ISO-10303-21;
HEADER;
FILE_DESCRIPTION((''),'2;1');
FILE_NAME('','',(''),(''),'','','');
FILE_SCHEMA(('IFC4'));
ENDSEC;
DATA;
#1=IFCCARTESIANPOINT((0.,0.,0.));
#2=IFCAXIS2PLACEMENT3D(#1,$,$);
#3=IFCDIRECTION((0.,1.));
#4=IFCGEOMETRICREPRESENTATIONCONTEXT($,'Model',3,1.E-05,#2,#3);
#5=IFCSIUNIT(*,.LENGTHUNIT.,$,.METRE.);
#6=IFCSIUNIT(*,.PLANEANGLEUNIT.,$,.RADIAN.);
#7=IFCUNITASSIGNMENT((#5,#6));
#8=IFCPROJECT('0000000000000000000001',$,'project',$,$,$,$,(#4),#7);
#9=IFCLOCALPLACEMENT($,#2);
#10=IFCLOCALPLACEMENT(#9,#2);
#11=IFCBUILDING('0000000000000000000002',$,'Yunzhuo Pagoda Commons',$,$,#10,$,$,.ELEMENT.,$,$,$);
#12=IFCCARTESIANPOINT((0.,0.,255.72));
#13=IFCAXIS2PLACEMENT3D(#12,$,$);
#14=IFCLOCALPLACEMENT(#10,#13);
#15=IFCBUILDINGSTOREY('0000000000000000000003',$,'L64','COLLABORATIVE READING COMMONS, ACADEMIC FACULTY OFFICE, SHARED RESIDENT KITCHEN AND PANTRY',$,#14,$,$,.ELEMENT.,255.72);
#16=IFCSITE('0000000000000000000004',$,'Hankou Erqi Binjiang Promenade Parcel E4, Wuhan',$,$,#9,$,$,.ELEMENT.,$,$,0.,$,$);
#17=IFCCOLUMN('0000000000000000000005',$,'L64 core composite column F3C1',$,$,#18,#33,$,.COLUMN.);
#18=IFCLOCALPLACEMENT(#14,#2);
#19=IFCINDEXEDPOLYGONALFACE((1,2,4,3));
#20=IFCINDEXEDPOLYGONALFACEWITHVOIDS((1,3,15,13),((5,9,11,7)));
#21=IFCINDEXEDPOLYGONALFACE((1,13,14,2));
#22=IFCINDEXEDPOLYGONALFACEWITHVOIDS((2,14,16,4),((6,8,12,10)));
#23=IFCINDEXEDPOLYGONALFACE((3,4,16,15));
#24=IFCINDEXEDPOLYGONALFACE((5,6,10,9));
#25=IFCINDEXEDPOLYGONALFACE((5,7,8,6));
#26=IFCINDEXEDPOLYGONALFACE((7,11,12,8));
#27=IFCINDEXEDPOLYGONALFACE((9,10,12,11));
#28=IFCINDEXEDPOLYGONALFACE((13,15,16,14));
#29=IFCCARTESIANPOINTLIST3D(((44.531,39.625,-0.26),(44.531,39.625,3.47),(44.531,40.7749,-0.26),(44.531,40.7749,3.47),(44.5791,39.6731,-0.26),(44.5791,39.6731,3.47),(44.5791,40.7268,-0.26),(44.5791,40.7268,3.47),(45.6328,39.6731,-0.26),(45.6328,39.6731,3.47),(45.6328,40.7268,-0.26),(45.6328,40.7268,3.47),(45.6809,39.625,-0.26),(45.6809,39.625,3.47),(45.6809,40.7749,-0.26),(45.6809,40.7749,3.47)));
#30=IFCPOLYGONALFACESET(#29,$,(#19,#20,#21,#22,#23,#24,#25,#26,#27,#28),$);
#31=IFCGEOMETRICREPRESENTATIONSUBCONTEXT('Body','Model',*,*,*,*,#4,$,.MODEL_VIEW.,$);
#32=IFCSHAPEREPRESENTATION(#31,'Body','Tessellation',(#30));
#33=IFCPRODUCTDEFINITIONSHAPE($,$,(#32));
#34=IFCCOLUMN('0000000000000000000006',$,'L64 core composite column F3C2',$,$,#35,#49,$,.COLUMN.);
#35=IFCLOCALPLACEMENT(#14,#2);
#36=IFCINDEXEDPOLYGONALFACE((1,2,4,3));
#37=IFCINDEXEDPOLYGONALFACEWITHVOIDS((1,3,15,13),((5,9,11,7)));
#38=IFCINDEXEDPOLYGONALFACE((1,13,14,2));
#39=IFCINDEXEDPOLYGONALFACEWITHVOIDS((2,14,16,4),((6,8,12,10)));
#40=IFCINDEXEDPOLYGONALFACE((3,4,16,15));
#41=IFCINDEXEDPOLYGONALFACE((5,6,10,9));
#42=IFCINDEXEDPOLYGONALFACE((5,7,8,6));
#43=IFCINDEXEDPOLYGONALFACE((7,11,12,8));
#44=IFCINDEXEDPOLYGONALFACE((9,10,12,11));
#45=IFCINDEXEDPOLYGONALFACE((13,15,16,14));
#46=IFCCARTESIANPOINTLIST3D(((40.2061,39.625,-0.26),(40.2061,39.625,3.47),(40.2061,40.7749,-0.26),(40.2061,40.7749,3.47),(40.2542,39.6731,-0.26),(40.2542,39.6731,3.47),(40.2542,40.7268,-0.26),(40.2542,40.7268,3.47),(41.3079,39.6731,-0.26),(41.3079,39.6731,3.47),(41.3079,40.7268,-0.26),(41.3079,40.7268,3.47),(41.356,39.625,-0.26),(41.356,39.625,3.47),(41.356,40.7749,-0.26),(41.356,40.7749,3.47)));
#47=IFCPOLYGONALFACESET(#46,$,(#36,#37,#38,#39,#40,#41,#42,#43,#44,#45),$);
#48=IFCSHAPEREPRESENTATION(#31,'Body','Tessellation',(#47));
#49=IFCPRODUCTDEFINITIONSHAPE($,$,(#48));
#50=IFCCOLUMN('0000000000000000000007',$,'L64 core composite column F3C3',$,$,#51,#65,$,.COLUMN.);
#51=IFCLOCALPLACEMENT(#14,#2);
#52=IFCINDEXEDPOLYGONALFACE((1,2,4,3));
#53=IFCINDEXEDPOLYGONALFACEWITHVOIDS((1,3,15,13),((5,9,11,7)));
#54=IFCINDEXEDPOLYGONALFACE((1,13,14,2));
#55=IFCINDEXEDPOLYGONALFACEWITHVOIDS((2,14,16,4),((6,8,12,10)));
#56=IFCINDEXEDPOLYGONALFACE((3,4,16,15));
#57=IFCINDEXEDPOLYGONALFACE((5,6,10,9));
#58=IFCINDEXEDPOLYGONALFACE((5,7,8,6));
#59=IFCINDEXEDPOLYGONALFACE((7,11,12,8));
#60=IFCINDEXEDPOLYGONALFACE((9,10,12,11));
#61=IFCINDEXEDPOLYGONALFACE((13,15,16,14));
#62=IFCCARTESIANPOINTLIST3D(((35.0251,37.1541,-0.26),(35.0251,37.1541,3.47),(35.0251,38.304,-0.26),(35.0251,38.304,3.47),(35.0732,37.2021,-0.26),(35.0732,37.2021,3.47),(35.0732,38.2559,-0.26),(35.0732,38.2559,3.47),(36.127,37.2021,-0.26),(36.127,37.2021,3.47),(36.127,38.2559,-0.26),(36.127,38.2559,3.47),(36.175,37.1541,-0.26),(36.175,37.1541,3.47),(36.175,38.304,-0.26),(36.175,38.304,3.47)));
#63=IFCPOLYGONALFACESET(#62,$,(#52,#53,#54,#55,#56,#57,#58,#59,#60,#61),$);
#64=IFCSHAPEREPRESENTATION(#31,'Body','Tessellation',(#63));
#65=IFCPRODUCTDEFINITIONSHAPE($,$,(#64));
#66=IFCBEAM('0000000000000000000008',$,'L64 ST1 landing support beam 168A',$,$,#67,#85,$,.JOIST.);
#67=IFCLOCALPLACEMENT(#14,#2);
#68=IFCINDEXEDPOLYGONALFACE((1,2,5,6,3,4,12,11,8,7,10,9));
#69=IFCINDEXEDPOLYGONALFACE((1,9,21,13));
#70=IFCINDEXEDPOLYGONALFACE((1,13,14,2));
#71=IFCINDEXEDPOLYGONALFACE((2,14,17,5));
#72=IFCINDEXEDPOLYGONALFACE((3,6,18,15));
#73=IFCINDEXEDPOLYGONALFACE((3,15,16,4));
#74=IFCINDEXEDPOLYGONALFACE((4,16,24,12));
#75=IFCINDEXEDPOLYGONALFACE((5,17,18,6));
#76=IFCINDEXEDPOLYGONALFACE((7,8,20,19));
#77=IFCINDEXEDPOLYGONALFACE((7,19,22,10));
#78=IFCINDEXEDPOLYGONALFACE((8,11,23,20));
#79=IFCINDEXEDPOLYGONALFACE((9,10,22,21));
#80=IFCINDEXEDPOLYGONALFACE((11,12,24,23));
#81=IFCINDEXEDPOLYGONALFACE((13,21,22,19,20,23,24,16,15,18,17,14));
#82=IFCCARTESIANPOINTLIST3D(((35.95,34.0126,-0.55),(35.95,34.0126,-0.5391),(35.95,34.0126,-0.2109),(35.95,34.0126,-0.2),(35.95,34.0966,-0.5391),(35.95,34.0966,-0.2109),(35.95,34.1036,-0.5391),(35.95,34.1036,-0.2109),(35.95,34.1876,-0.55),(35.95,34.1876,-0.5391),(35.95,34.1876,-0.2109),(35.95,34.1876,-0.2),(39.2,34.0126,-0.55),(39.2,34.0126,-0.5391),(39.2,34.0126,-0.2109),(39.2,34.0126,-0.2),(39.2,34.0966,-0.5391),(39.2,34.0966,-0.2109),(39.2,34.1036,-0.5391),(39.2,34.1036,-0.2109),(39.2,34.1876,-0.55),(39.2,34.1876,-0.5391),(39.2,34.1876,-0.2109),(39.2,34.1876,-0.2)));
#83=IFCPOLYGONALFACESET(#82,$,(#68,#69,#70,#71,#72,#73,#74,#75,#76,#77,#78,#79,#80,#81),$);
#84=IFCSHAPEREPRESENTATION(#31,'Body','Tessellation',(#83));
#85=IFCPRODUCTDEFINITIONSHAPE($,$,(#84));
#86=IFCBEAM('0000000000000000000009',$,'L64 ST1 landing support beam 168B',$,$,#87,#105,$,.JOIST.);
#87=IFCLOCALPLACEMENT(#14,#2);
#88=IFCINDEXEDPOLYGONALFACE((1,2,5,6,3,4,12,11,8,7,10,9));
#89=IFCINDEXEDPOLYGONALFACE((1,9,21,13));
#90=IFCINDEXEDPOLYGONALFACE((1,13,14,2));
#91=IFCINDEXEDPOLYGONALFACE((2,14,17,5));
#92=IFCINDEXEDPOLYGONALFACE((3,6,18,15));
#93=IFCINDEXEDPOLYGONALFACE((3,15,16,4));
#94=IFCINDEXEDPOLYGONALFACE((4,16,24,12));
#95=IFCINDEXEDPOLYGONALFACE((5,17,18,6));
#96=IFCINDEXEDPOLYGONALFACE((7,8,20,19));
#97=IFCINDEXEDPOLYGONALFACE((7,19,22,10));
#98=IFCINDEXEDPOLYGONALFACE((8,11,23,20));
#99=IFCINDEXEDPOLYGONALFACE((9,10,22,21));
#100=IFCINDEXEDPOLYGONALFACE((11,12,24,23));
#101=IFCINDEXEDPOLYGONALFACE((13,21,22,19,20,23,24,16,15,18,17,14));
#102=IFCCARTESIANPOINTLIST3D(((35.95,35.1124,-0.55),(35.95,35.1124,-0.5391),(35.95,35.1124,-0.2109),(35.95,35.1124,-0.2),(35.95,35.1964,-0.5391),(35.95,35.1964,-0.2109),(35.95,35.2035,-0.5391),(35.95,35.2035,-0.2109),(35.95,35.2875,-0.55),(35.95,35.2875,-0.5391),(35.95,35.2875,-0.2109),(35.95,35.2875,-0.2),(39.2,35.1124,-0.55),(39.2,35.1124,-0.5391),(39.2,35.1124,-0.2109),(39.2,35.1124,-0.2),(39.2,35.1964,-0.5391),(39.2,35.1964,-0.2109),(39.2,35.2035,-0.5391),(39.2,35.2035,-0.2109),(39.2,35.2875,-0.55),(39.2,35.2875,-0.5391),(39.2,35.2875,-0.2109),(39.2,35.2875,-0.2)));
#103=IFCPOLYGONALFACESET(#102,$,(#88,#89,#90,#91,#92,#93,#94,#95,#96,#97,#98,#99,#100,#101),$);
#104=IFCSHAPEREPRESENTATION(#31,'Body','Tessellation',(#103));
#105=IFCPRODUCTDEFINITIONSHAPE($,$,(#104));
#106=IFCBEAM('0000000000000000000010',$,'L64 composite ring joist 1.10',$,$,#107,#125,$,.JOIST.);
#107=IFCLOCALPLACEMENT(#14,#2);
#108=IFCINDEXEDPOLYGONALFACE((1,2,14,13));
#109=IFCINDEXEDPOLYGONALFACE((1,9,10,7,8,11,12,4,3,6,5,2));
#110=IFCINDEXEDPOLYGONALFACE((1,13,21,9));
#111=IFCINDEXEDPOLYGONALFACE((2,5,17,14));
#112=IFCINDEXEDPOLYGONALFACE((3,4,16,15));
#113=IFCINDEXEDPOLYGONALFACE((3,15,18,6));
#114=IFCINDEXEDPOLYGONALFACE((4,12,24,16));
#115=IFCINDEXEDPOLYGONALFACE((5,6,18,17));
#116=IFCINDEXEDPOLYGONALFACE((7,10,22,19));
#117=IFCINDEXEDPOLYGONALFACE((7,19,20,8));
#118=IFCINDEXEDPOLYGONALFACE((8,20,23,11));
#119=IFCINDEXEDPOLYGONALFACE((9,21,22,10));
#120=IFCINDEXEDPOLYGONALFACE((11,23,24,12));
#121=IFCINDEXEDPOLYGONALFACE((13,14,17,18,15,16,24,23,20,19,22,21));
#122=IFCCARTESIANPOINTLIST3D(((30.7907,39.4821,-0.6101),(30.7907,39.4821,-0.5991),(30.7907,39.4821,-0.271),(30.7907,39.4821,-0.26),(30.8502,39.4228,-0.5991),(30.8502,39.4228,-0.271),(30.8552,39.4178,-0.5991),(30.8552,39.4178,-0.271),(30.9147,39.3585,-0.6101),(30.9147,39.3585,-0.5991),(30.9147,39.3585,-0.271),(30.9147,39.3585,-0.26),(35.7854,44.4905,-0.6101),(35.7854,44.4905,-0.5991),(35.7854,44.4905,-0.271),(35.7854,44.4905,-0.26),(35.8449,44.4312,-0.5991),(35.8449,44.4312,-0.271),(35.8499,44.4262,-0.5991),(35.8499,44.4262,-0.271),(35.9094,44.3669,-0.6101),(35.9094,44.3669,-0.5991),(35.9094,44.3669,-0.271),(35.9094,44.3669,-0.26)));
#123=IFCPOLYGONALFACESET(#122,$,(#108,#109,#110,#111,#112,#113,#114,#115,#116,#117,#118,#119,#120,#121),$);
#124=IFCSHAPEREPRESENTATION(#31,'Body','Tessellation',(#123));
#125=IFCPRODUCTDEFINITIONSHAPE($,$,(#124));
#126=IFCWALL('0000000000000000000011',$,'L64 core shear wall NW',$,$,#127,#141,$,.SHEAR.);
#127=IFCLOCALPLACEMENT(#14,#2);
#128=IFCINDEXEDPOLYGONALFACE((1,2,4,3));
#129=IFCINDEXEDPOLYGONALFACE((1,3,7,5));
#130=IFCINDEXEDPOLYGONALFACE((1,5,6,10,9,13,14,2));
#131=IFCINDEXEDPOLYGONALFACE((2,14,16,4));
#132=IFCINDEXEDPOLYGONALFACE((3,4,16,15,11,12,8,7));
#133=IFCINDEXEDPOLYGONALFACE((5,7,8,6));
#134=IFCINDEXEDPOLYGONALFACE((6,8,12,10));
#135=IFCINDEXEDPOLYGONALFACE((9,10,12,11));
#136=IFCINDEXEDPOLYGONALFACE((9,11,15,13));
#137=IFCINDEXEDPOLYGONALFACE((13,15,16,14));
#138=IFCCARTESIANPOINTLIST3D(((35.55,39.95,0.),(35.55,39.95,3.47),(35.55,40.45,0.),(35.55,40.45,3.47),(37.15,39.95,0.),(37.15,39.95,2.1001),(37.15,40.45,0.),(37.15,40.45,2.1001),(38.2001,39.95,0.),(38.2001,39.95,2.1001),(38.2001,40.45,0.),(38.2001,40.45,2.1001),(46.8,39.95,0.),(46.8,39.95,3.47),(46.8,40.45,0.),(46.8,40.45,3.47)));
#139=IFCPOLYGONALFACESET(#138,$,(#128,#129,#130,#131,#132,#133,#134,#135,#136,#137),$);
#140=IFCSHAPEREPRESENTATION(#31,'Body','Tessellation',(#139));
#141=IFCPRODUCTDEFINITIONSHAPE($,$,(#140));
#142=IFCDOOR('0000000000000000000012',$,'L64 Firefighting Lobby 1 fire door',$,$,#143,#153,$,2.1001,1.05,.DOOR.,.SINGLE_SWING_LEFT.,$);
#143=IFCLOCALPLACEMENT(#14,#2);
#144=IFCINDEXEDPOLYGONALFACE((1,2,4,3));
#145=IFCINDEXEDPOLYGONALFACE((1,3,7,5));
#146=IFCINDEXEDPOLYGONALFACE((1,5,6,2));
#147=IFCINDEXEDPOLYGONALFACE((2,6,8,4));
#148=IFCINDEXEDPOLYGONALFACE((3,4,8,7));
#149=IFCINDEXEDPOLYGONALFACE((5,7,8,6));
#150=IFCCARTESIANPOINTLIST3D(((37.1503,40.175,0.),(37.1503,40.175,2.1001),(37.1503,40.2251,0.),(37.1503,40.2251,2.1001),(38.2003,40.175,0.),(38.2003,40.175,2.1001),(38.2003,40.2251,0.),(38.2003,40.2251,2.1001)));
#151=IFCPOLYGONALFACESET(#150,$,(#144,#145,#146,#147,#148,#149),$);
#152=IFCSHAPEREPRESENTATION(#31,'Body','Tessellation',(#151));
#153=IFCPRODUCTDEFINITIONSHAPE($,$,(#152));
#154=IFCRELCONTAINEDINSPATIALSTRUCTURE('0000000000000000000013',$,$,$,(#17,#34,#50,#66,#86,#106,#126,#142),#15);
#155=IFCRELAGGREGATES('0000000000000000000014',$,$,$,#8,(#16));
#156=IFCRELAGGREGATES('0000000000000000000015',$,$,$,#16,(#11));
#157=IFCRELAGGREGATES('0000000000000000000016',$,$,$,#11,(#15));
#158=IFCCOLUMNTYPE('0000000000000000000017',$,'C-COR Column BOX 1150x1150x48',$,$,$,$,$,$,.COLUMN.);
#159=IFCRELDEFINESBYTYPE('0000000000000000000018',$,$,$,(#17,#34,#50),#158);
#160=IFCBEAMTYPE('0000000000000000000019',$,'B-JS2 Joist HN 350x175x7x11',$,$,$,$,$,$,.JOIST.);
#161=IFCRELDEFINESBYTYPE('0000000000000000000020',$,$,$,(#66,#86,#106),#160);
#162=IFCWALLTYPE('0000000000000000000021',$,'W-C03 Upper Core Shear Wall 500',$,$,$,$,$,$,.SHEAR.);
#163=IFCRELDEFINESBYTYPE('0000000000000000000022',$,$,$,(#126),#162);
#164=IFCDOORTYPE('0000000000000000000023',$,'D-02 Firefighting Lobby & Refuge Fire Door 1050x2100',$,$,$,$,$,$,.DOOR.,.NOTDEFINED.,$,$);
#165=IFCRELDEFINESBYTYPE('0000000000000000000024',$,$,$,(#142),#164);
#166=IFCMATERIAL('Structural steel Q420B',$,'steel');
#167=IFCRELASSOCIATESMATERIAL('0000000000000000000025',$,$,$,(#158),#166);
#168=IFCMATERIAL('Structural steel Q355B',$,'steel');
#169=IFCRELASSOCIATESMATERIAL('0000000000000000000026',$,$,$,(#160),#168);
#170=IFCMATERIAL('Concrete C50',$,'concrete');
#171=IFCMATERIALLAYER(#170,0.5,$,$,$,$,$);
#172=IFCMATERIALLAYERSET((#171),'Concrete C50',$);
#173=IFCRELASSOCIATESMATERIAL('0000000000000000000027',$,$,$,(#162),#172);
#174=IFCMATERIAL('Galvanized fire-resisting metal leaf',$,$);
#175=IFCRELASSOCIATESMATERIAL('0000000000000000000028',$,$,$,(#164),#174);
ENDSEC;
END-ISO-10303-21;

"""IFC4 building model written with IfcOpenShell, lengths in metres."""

from ifc_helpers import new_model, si_unit, direction, frame, frame_2d, origin, origin_2d, place, context, subcontext, project, spatial, rectangle, hollow_rectangle, i_section, extrude, source, transform, mapped, material, layer, layer_set, material_profile, profile_set, type_object, element, fill, save


model = new_model("IFC4")

# Units and contexts
model_context = context("Model", 3, precision=1e-05, world=origin(), true_north=direction((0.0, 1.0)))
body_context = subcontext(model_context, "Body", "Model", "MODEL_VIEW")
ifc_project = project(units=[si_unit("LENGTHUNIT", "METRE"), si_unit("PLANEANGLEUNIT", "RADIAN")], contexts=[model_context])

# Site, building, storey
site_placement = place(None, origin())
site = spatial("IfcSite", under=ifc_project, at=site_placement, Name="Hankou Erqi Binjiang Promenade Parcel E4, Wuhan", CompositionType="ELEMENT", RefElevation=0.0)
building_placement = place(site_placement, origin())
building = spatial("IfcBuilding", under=site, at=building_placement, Name="Yunzhuo Pagoda Commons", CompositionType="ELEMENT")
storey_placement = place(building_placement, frame((0.0, 0.0, 255.72)))
storey = spatial("IfcBuildingStorey", under=building, at=storey_placement, Name="L64", Description="COLLABORATIVE READING COMMONS, ACADEMIC FACULTY OFFICE, SHARED RESIDENT KITCHEN AND PANTRY", CompositionType="ELEMENT", Elevation=255.72)

# Columns
ifc_material_1 = material(Name="Structural steel Q420B", Category="steel")
ifc_material_profile_1 = material_profile(ifc_material_1, hollow_rectangle(XDim=1.1499, YDim=1.1499, WallThickness=0.0481, at=origin_2d()), Name="Structural steel Q420B")
ifc_profile_set_1 = profile_set([ifc_material_profile_1], Name="Structural steel Q420B")
column_type = type_object("IfcColumnType", Name="C-COR Column BOX 1150x1150x48", PredefinedType="COLUMN", material=ifc_profile_set_1)
shared_shape_1 = source(origin(), body_context, "Body", "SweptSolid", [
    extrude(hollow_rectangle(XDim=1.1499, YDim=1.1499, WallThickness=0.0481, at=origin_2d()), origin(), (0.0, 0.0, 1.0), 3.73),
])
for number, where, z_axis, x_axis, name in (
    (1, (45.106, 40.2, -0.26), (0.0, 0.0, 1.0), (1.0, 0.0, 0.0), "L64 core composite column F3C1"),
    (2, (40.781, 40.2, -0.26), (0.0, 0.0, 1.0), (1.0, 0.0, 0.0), "L64 core composite column F3C2"),
    (3, (35.6001, 37.729, -0.26), (0.0, 0.0, 1.0), (1.0, 0.0, 0.0), "L64 core composite column F3C3"),
):
    element("IfcColumn", number, at=place(storey_placement, frame(where, z_axis=z_axis, x_axis=x_axis)), inside=storey, type_object=column_type, Name=name, PredefinedType="COLUMN", context=body_context, shape_type="MappedRepresentation", body=[
        mapped(shared_shape_1, transform((0.0, 0.0, 0.0), scale=1.0)),
    ])

# Beams
ifc_material_2 = material(Name="Structural steel Q355B", Category="steel")
ifc_material_profile_2 = material_profile(ifc_material_2, i_section(OverallWidth=0.175, OverallDepth=0.3501, WebThickness=0.0071, FlangeThickness=0.011, at=origin_2d()), Name="Structural steel Q355B")
ifc_profile_set_2 = profile_set([ifc_material_profile_2], Name="Structural steel Q355B")
beam_type = type_object("IfcBeamType", Name="B-JS2 Joist HN 350x175x7x11", PredefinedType="JOIST", material=ifc_profile_set_2)
shared_shape_2 = source(origin(), body_context, "Body", "SweptSolid", [
    extrude(i_section(OverallWidth=0.175, OverallDepth=0.3501, WebThickness=0.0071, FlangeThickness=0.011, at=origin_2d()), origin(), (0.0, 0.0, 1.0), 3.25),
])
for number, where, z_axis, x_axis, name in (
    (4, (35.95, 34.1001, -0.375), (1.0, 0.0, 0.0), (0.0, 1.0, 0.0), "L64 ST1 landing support beam 168A"),
    (5, (35.95, 35.2, -0.375), (1.0, 0.0, 0.0), (0.0, 1.0, 0.0), "L64 ST1 landing support beam 168B"),
):
    element("IfcBeam", number, at=place(storey_placement, frame(where, z_axis=z_axis, x_axis=x_axis)), inside=storey, type_object=beam_type, Name=name, PredefinedType="JOIST", context=body_context, shape_type="MappedRepresentation", body=[
        mapped(shared_shape_2, transform((0.0, 0.0, 0.0), scale=1.0)),
    ])
shared_shape_3 = source(origin(), body_context, "Body", "SweptSolid", [
    extrude(i_section(OverallWidth=0.175, OverallDepth=0.3501, WebThickness=0.0071, FlangeThickness=0.011, at=origin_2d()), origin(), (0.0, 0.0, 1.0), 7.0732),
])
beam_placement = place(storey_placement, frame((35.8474, 44.4287, -0.4351), z_axis=(-0.70614, -0.708073, 0.0), x_axis=(0.708073, -0.70614, 0.0)))
element("IfcBeam", 6, at=beam_placement, inside=storey, type_object=beam_type, Name="L64 composite ring joist 1.10", PredefinedType="JOIST", context=body_context, shape_type="MappedRepresentation", body=[
    mapped(shared_shape_3, transform((0.0, 0.0, 0.0), scale=1.0)),
])

# Wall, opening, door
ifc_material_3 = material(Name="Concrete C50", Category="concrete")
ifc_layer_1 = layer(ifc_material_3, 0.5)
ifc_layer_set_1 = layer_set([ifc_layer_1], Name="Concrete C50")
wall_type_1 = type_object("IfcWallType", Name="W-C03 Upper Core Shear Wall 500", PredefinedType="SHEAR", material=ifc_layer_set_1)
wall_1_placement = place(storey_placement, frame((35.55, 40.2, 0.0), z_axis=(0.0, 0.0, 1.0), x_axis=(1.0, 0.0, 0.0)))
wall_1 = element("IfcWall", 7, at=wall_1_placement, inside=storey, type_object=wall_type_1, Name="L64 core shear wall NW", PredefinedType="SHEAR", context=body_context, shape_type="SweptSolid", body=[
    extrude(rectangle(XDim=11.25, YDim=0.5, at=frame_2d((5.625, 0.0))), origin(), (0.0, 0.0, 1.0), 3.47),
])
opening_1_placement = place(wall_1_placement, frame((1.6001, 0.0, 0.0)))
opening_1 = element("IfcOpeningElement", 8, at=opening_1_placement, cuts=wall_1, PredefinedType="OPENING", context=body_context, shape_type="SweptSolid", body=[
    extrude(rectangle(XDim=1.05, YDim=2.1001, at=frame_2d((0.5249, 1.05))), frame((0.0, 0.26, 0.0), z_axis=(0.0, -1.0, 0.0), x_axis=(1.0, 0.0, 0.0)), (0.0, 0.0, 1.0), 0.52),
])
ifc_material_4 = material(Name="Galvanized fire-resisting metal leaf")
door_type_1 = type_object("IfcDoorType", Name="D-02 Firefighting Lobby & Refuge Fire Door 1050x2100", OperationType="NOTDEFINED", PredefinedType="DOOR", material=ifc_material_4)
shared_shape_4 = source(origin(), body_context, "Body", "SweptSolid", [
    extrude(rectangle(XDim=1.05, YDim=2.1001, at=frame_2d((0.5249, 1.05))), frame((0.0, 0.0249, 0.0), z_axis=(0.0, -1.0, 0.0), x_axis=(1.0, 0.0, 0.0)), (0.0, 0.0, 1.0), 0.05),
])
door_1_placement = place(opening_1_placement, frame((1.05, 0.0, 0.0), z_axis=(0.0, 0.0, 1.0), x_axis=(-1.0, 0.0, 0.0)))
door_1 = element("IfcDoor", 9, at=door_1_placement, inside=storey, type_object=door_type_1, Name="L64 Firefighting Lobby 1 fire door", OperationType="SINGLE_SWING_LEFT", OverallHeight=2.1001, OverallWidth=1.05, PredefinedType="DOOR", context=body_context, shape_type="MappedRepresentation", body=[
    mapped(shared_shape_4, transform((0.0, 0.0, 0.0), scale=1.0)),
])
fill(opening_1, door_1)

save(model, "model.ifc")
